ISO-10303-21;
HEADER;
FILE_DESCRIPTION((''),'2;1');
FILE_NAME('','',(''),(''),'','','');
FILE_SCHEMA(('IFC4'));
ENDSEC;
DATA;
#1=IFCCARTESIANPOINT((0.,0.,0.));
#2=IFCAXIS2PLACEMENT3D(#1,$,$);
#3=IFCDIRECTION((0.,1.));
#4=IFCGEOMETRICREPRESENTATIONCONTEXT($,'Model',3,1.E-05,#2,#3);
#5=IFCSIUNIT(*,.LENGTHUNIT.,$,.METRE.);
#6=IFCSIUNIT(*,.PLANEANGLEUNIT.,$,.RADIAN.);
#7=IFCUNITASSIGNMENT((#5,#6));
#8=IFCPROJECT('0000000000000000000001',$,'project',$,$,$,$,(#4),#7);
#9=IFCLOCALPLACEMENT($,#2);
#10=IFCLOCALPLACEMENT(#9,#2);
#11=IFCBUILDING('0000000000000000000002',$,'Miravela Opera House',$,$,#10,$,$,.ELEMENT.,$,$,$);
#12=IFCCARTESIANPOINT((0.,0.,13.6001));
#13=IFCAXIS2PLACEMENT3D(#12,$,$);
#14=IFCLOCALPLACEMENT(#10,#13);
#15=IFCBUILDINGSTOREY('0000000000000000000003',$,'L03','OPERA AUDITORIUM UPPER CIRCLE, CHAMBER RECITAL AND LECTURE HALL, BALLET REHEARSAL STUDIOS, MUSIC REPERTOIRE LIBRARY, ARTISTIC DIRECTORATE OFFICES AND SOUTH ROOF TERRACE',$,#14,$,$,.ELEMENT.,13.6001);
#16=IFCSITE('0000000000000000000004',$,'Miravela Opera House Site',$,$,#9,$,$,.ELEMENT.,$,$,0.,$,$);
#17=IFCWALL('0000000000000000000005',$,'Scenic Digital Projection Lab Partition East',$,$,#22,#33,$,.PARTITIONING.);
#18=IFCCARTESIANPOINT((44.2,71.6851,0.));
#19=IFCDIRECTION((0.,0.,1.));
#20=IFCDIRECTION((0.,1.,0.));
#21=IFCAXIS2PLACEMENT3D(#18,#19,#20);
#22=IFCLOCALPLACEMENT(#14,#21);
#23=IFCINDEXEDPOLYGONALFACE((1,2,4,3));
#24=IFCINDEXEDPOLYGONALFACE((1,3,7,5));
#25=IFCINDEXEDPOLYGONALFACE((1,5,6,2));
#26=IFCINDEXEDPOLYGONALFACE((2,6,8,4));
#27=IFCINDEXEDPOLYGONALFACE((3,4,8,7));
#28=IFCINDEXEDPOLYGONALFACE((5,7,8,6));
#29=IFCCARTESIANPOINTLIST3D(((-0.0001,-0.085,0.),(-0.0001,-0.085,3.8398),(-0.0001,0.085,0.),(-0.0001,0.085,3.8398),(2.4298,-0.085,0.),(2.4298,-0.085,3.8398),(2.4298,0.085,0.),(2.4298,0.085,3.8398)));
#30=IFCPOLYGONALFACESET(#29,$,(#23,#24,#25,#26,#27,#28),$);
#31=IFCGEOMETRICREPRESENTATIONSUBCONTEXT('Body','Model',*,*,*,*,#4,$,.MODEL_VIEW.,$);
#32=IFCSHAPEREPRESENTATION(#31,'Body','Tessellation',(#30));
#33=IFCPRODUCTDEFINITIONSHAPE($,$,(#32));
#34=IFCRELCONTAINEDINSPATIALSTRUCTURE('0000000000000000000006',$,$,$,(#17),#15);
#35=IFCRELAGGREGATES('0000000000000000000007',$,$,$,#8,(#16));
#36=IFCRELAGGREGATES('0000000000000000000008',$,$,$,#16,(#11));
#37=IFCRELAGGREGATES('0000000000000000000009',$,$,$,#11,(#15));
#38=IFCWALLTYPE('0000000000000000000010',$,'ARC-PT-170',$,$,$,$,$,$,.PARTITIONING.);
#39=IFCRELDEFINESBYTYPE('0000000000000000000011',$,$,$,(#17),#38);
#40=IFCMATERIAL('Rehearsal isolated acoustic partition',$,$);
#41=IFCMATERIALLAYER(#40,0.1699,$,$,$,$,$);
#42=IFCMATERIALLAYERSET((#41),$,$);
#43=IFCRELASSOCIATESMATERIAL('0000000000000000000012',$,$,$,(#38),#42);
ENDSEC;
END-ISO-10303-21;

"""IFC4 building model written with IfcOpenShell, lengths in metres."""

from ifc_helpers import new_model, si_unit, direction, frame, frame_2d, origin, place, context, subcontext, project, spatial, rectangle, extrude, material, layer, layer_set, type_object, element, save


model = new_model("IFC4")

# Units and contexts
model_context = context("Model", 3, precision=1e-05, world=origin(), true_north=direction((0.0, 1.0)))
body_context = subcontext(model_context, "Body", "Model", "MODEL_VIEW")
ifc_project = project(units=[si_unit("LENGTHUNIT", "METRE"), si_unit("PLANEANGLEUNIT", "RADIAN")], contexts=[model_context])

# Site, building, storey
site_placement = place(None, origin())
site = spatial("IfcSite", under=ifc_project, at=site_placement, Name="Miravela Opera House Site", CompositionType="ELEMENT", RefElevation=0.0)
building_placement = place(site_placement, origin())
building = spatial("IfcBuilding", under=site, at=building_placement, Name="Miravela Opera House", CompositionType="ELEMENT")
storey_placement = place(building_placement, frame((0.0, 0.0, 13.6001)))
storey = spatial("IfcBuildingStorey", under=building, at=storey_placement, Name="L03", Description="OPERA AUDITORIUM UPPER CIRCLE, CHAMBER RECITAL AND LECTURE HALL, BALLET REHEARSAL STUDIOS, MUSIC REPERTOIRE LIBRARY, ARTISTIC DIRECTORATE OFFICES AND SOUTH ROOF TERRACE", CompositionType="ELEMENT", Elevation=13.6001)

# Wall
ifc_material_1 = material(Name="Rehearsal isolated acoustic partition")
ifc_layer_1 = layer(ifc_material_1, 0.1699)
ifc_layer_set_1 = layer_set([ifc_layer_1])
wall_type_1 = type_object("IfcWallType", Name="ARC-PT-170", PredefinedType="PARTITIONING", material=ifc_layer_set_1)
wall_1_placement = place(storey_placement, frame((44.2, 71.6851, 0.0), z_axis=(0.0, 0.0, 1.0), x_axis=(0.0, 1.0, 0.0)))
element("IfcWall", 1, at=wall_1_placement, inside=storey, type_object=wall_type_1, Name="Scenic Digital Projection Lab Partition East", PredefinedType="PARTITIONING", context=body_context, shape_type="SweptSolid", body=[
    extrude(rectangle(XDim=2.4299, YDim=0.1699, at=frame_2d((1.2148, 0.0))), origin(), (0.0, 0.0, 1.0), 3.8398),
])

save(model, "model.ifc")
